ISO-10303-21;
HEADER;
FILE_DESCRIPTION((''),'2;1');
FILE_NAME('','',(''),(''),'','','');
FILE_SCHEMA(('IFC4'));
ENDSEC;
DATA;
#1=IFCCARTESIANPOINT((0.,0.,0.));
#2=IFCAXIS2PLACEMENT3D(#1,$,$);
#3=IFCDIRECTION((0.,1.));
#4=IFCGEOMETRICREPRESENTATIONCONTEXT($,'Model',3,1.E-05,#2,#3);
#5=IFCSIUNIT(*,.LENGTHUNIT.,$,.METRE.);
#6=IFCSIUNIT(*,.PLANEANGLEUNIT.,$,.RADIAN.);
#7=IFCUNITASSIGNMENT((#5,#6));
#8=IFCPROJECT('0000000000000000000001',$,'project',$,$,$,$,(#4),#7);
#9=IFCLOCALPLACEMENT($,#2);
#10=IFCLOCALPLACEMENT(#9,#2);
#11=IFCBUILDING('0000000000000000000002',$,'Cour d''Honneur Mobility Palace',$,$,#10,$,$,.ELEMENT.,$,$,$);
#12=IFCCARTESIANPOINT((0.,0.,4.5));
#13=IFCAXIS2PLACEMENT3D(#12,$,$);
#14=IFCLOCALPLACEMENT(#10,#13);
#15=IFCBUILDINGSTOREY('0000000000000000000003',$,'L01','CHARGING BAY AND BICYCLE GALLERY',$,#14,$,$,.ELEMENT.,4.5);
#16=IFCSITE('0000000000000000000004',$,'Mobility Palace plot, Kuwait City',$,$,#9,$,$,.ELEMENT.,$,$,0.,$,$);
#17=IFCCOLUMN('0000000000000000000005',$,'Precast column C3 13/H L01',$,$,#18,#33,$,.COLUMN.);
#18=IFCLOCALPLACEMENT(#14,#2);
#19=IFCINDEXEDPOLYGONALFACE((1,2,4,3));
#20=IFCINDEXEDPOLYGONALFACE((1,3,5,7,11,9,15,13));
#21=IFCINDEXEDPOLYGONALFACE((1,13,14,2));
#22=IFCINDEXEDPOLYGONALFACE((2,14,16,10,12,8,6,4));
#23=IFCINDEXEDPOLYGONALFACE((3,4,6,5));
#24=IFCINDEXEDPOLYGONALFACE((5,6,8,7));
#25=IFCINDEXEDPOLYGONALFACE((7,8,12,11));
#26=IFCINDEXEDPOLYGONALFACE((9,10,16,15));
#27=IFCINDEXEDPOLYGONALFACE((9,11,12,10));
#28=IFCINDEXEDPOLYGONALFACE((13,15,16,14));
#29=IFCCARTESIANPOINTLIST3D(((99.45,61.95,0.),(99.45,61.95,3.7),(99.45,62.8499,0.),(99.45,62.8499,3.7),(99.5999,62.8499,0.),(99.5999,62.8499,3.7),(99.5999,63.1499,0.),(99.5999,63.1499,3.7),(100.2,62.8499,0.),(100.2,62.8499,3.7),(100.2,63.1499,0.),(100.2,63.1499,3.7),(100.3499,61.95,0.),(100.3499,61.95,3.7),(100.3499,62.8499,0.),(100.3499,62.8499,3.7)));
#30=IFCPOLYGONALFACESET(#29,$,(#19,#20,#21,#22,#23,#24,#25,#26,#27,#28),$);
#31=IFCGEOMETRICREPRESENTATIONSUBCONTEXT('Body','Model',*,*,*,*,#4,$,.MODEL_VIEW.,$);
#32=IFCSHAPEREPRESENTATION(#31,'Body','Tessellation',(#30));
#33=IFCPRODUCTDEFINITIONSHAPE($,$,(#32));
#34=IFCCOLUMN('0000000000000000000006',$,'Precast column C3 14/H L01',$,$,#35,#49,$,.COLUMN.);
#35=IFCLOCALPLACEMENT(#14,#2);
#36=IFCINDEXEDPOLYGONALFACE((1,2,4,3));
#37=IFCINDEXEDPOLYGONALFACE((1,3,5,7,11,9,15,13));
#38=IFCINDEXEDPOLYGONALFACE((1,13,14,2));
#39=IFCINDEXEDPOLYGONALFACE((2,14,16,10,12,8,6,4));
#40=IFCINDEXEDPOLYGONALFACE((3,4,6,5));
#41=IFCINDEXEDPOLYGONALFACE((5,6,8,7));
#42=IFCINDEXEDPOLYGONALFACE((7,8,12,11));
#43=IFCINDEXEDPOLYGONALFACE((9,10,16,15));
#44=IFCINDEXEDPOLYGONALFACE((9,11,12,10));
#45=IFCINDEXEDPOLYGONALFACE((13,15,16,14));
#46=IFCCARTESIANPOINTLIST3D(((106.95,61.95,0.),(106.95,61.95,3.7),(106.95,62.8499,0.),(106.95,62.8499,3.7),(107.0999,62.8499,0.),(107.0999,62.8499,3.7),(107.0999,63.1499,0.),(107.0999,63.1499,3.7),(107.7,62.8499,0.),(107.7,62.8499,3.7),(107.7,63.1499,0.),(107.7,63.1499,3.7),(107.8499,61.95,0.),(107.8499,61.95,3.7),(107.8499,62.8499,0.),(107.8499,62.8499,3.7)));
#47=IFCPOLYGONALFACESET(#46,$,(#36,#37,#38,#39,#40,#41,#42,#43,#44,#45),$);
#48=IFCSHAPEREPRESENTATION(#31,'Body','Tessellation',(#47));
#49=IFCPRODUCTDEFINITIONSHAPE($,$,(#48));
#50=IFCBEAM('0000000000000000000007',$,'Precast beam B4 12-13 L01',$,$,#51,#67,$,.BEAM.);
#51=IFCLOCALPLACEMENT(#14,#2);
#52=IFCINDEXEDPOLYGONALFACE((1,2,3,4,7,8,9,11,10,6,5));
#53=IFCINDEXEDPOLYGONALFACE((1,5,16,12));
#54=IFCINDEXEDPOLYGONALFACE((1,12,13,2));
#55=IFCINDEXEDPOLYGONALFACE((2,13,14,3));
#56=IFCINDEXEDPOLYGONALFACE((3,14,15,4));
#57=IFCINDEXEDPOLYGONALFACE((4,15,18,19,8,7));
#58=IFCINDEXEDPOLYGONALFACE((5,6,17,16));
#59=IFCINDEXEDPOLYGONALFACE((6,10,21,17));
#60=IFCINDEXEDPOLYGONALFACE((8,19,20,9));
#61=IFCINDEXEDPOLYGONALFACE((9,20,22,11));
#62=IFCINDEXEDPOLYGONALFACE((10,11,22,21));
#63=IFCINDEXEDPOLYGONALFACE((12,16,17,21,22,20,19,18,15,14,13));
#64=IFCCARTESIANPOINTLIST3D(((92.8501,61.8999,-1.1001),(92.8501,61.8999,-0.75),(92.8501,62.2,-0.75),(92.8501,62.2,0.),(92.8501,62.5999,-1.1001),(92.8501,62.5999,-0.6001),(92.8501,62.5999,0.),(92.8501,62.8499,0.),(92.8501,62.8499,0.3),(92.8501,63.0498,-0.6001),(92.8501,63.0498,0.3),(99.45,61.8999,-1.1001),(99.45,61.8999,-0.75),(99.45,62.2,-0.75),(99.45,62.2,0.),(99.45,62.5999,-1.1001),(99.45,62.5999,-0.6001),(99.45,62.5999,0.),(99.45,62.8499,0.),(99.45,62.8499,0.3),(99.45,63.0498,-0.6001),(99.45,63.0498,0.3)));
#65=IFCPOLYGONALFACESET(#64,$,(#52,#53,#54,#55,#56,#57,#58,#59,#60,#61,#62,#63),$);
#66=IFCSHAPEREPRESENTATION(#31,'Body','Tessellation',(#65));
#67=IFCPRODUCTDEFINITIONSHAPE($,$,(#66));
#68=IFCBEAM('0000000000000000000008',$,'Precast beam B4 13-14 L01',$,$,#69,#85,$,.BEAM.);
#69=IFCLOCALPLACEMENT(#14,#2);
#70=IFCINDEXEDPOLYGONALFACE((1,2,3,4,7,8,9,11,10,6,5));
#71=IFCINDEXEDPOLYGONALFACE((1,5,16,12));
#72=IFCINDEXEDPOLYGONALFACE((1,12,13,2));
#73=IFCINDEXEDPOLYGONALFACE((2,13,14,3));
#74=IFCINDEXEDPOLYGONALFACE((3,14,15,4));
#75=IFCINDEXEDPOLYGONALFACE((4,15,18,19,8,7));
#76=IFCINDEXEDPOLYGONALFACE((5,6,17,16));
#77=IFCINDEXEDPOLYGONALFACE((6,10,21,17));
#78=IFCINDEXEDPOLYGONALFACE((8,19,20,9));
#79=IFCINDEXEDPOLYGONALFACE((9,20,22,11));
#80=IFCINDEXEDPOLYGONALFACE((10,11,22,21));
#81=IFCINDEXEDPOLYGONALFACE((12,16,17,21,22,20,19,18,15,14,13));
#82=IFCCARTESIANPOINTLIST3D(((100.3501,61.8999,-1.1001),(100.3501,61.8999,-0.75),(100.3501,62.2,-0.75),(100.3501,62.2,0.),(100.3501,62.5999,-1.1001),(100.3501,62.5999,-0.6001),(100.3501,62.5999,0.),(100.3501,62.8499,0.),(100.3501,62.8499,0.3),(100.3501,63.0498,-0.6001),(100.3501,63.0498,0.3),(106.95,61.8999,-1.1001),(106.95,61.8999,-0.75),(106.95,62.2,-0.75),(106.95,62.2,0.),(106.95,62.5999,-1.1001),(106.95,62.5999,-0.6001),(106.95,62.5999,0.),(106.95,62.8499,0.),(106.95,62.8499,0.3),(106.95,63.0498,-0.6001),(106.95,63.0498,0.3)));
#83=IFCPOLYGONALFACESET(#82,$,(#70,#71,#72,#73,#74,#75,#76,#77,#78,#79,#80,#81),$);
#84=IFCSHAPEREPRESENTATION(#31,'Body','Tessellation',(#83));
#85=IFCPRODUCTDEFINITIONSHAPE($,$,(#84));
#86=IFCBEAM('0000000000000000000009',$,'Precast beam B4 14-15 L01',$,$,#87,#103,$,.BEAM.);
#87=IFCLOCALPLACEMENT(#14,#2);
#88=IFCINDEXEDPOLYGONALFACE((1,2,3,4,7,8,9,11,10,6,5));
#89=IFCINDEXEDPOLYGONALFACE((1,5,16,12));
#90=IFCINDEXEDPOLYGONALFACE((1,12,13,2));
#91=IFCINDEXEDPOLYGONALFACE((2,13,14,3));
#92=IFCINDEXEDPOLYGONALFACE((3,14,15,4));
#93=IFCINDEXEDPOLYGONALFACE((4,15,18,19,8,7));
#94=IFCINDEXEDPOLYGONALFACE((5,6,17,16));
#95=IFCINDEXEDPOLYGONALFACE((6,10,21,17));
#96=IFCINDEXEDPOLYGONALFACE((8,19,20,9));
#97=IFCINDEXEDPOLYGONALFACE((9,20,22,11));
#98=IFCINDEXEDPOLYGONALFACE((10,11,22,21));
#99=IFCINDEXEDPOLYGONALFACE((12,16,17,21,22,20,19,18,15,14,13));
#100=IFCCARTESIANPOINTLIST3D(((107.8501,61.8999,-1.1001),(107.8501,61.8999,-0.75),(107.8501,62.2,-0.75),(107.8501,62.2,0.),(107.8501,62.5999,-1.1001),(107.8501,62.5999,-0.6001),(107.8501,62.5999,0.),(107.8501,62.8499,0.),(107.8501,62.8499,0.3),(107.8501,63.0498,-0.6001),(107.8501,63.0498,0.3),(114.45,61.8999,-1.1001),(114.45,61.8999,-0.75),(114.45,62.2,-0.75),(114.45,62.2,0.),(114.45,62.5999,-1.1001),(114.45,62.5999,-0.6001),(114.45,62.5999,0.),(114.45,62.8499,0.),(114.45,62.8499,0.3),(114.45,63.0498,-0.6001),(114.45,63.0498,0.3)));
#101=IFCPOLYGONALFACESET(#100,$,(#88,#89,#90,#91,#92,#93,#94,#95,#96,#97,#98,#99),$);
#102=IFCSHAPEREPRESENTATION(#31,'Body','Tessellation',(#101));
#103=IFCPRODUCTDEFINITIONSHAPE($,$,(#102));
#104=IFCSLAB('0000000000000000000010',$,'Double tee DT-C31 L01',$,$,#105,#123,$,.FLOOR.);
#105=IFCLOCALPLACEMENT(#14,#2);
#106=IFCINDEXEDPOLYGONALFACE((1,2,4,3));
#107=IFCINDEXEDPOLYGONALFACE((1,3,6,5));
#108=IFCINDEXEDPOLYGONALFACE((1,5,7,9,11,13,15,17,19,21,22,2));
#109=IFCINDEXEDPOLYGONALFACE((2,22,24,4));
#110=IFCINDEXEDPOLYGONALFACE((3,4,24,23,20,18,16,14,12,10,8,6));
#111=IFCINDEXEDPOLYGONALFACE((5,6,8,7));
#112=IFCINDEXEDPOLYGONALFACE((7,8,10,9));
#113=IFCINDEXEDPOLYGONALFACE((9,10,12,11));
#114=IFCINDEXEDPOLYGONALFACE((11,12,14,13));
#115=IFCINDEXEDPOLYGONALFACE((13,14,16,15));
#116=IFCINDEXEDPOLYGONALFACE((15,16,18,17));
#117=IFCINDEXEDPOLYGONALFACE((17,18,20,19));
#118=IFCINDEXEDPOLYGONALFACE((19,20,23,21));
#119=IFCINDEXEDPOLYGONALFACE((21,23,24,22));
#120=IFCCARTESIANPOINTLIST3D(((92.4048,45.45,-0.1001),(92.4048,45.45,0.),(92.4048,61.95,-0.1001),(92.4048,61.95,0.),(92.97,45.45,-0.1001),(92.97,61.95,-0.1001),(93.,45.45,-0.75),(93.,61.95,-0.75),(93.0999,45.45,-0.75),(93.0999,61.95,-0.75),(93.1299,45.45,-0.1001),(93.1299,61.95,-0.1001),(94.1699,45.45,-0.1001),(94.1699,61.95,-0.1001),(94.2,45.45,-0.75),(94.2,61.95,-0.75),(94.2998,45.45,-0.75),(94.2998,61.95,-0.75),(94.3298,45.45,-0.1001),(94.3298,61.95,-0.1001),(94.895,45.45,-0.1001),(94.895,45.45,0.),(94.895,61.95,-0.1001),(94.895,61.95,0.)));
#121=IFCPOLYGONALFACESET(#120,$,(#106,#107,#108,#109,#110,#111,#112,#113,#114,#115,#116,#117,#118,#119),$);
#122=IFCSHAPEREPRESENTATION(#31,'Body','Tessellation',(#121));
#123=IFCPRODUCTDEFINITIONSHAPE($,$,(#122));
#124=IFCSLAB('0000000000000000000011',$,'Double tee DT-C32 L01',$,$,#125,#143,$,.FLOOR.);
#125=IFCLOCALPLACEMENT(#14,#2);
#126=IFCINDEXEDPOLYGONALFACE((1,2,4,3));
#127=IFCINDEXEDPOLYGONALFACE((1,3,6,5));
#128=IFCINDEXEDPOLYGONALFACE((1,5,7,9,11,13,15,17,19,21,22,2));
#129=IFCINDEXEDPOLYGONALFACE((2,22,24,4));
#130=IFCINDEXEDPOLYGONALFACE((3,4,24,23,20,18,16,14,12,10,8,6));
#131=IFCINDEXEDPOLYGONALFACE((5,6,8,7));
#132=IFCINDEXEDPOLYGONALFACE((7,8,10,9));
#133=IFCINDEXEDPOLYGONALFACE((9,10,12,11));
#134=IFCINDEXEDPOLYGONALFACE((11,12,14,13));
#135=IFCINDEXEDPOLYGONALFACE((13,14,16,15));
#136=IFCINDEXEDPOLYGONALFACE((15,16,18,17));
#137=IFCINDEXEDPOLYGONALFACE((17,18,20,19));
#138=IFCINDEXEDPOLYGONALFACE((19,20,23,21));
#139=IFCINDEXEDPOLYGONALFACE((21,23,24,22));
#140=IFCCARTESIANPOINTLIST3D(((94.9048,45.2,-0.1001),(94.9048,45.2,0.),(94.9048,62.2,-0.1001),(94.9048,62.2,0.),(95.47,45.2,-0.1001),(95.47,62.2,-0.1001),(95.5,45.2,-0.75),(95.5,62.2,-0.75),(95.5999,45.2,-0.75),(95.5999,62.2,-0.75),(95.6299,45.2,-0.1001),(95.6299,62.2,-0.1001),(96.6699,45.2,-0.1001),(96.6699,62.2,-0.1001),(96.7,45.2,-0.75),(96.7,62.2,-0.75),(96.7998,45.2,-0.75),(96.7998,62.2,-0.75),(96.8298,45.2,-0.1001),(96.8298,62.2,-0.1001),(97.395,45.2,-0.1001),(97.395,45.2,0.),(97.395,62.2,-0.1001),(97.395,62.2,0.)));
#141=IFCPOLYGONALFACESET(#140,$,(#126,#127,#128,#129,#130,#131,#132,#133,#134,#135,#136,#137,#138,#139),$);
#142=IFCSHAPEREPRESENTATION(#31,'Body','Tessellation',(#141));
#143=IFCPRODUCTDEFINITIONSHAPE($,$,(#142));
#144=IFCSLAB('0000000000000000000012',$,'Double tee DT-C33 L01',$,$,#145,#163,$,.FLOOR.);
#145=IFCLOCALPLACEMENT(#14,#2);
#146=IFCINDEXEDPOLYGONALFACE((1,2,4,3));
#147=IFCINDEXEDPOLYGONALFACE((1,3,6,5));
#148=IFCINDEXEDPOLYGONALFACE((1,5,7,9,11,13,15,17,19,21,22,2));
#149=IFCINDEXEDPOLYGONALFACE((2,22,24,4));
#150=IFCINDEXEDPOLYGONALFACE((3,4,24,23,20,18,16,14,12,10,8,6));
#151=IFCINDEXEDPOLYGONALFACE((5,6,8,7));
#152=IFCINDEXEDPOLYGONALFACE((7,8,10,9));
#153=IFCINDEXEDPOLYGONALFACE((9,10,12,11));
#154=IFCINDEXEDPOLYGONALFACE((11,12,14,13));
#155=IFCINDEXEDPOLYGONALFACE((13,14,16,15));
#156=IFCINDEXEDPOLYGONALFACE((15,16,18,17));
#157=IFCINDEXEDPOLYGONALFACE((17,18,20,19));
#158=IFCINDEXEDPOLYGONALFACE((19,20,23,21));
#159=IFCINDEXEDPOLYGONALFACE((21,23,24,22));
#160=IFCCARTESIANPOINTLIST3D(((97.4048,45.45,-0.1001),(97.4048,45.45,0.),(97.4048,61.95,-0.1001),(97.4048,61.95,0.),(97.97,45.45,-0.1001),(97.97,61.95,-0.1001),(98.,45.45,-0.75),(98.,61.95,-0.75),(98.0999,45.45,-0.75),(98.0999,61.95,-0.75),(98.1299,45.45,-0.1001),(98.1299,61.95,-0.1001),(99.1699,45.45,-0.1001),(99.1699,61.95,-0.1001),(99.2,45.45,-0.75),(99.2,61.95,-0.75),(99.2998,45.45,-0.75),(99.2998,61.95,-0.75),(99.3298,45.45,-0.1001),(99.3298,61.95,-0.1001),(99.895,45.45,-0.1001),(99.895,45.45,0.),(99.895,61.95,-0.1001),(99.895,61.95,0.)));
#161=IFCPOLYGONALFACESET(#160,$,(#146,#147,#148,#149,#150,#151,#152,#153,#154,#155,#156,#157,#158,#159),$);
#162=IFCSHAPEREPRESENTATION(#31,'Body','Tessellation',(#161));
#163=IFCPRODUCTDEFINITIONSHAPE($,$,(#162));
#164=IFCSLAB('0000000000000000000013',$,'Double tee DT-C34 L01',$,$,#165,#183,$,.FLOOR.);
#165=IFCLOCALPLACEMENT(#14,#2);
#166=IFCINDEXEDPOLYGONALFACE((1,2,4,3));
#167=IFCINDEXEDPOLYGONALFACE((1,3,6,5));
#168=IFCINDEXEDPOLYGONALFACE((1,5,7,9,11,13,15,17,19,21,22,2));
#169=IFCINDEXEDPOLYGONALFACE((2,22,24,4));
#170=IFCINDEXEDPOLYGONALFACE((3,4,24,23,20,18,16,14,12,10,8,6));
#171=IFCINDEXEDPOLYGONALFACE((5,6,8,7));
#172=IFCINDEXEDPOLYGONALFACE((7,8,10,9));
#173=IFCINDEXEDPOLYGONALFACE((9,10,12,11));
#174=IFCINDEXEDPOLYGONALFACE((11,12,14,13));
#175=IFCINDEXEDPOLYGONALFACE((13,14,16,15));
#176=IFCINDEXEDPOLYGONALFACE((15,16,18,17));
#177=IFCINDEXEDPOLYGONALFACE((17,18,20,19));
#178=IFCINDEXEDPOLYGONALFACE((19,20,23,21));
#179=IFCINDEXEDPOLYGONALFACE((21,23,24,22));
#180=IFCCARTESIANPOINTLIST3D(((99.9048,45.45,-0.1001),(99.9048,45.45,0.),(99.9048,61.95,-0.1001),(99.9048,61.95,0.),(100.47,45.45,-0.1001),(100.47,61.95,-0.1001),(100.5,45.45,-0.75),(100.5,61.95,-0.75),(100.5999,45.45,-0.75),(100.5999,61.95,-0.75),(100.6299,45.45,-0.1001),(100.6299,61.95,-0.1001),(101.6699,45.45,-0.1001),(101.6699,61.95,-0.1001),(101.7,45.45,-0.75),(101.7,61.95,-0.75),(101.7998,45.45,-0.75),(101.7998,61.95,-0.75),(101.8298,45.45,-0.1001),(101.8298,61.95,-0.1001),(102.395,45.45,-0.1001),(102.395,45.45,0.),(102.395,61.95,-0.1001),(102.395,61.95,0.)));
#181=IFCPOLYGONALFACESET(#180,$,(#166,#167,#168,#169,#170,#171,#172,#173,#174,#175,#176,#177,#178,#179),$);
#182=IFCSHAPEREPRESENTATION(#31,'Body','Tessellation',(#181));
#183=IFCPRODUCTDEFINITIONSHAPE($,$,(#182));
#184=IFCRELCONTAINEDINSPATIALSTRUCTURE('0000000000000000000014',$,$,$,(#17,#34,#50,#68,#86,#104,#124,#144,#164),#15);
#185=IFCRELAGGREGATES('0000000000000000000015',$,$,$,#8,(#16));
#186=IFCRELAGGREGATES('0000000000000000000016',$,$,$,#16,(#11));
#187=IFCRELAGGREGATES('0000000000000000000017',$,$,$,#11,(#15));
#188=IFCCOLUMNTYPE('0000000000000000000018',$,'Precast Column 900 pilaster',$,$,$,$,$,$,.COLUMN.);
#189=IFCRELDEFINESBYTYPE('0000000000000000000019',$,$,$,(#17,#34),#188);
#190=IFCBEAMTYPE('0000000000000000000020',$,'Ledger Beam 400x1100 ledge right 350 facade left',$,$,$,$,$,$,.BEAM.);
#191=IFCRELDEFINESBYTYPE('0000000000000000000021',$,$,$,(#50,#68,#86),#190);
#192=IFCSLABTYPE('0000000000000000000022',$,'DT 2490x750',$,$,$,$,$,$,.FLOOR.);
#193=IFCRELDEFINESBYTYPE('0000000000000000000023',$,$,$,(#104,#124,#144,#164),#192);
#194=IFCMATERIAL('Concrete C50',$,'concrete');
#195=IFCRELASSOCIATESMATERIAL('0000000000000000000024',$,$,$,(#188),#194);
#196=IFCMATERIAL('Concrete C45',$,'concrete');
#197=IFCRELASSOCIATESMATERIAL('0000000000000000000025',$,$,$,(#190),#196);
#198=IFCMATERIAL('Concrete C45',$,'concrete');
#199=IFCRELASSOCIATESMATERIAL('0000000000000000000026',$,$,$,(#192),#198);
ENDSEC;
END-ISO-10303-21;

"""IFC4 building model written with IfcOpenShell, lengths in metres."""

from ifc_helpers import new_model, si_unit, direction, frame, origin, place, context, subcontext, project, spatial, polyline, outline, extrude, material, material_profile, profile_set, type_object, element, save


model = new_model("IFC4")

# Units and contexts
model_context = context("Model", 3, precision=1e-05, world=origin(), true_north=direction((0.0, 1.0)))
body_context = subcontext(model_context, "Body", "Model", "MODEL_VIEW")
ifc_project = project(units=[si_unit("LENGTHUNIT", "METRE"), si_unit("PLANEANGLEUNIT", "RADIAN")], contexts=[model_context])

# Site, building, storey
site_placement = place(None, origin())
site = spatial("IfcSite", under=ifc_project, at=site_placement, Name="Mobility Palace plot, Kuwait City", CompositionType="ELEMENT", RefElevation=0.0)
building_placement = place(site_placement, origin())
building = spatial("IfcBuilding", under=site, at=building_placement, Name="Cour d'Honneur Mobility Palace", CompositionType="ELEMENT")
storey_placement = place(building_placement, frame((0.0, 0.0, 4.5)))
storey = spatial("IfcBuildingStorey", under=building, at=storey_placement, Name="L01", Description="CHARGING BAY AND BICYCLE GALLERY", CompositionType="ELEMENT", Elevation=4.5)

# Columns
ifc_material_1 = material(Name="Concrete C50", Category="concrete")
ifc_material_profile_1 = material_profile(ifc_material_1, outline(polyline([(-0.45, -0.45), (0.45, -0.45), (0.45, -0.3), (0.75, -0.3), (0.75, 0.3), (0.45, 0.3), (0.45, 0.45), (-0.45, 0.45), (-0.45, -0.45)])), Name="PC C900 pilaster")
ifc_profile_set_1 = profile_set([ifc_material_profile_1], Name="Concrete C50")
column_type = type_object("IfcColumnType", Name="Precast Column 900 pilaster", PredefinedType="COLUMN", material=ifc_profile_set_1)
for number, where, z_axis, x_axis, name in (
    (1, (99.8999, 62.3999, 0.0), (0.0, 0.0, 1.0), (0.0, 1.0, 0.0), "Precast column C3 13/H L01"),
    (2, (107.3999, 62.3999, 0.0), (0.0, 0.0, 1.0), (0.0, 1.0, 0.0), "Precast column C3 14/H L01"),
):
    element("IfcColumn", number, at=place(storey_placement, frame(where, z_axis=z_axis, x_axis=x_axis)), inside=storey, type_object=column_type, Name=name, PredefinedType="COLUMN", context=body_context, shape_type="SweptSolid", body=[
        extrude(outline(polyline([(-0.45, -0.45), (0.45, -0.45), (0.45, -0.3), (0.75, -0.3), (0.75, 0.3), (0.45, 0.3), (0.45, 0.45), (-0.45, 0.45), (-0.45, -0.45)])), origin(), (0.0, 0.0, 1.0), 3.7),
    ])

# Beams
ifc_material_2 = material(Name="Concrete C45", Category="concrete")
ifc_material_profile_2 = material_profile(ifc_material_2, outline(polyline([(0.2, -1.1001), (0.2, -0.6001), (0.6499, -0.6001), (0.6499, 0.3), (0.45, 0.3), (0.45, 0.0), (0.2, 0.0), (-0.2, 0.0), (-0.2, -0.75), (-0.5, -0.75), (-0.5, -1.1001), (0.2, -1.1001)])), Name="Ledger Beam 400x1100 ledge right 350 facade left")
ifc_profile_set_2 = profile_set([ifc_material_profile_2], Name="Concrete C45")
beam_type = type_object("IfcBeamType", Name="Ledger Beam 400x1100 ledge right 350 facade left", PredefinedType="BEAM", material=ifc_profile_set_2)
for number, where, z_axis, x_axis, name in (
    (3, (92.8501, 62.3999, 0.0), (1.0, 0.0, 0.0), (0.0, 1.0, 0.0), "Precast beam B4 12-13 L01"),
    (4, (100.3501, 62.3999, 0.0), (1.0, 0.0, 0.0), (0.0, 1.0, 0.0), "Precast beam B4 13-14 L01"),
    (5, (107.8501, 62.3999, 0.0), (1.0, 0.0, 0.0), (0.0, 1.0, 0.0), "Precast beam B4 14-15 L01"),
):
    element("IfcBeam", number, at=place(storey_placement, frame(where, z_axis=z_axis, x_axis=x_axis)), inside=storey, type_object=beam_type, Name=name, PredefinedType="BEAM", context=body_context, shape_type="SweptSolid", body=[
        extrude(outline(polyline([(0.2, -1.1001), (0.2, -0.6001), (0.6499, -0.6001), (0.6499, 0.3), (0.45, 0.3), (0.45, 0.0), (0.2, 0.0), (-0.2, 0.0), (-0.2, -0.75), (-0.5, -0.75), (-0.5, -1.1001), (0.2, -1.1001)])), origin(), (0.0, 0.0, 1.0), 6.5999),
    ])

# Slabs
ifc_material_3 = material(Name="Concrete C45", Category="concrete")
ifc_material_profile_3 = material_profile(ifc_material_3, outline(polyline([(-1.2451, 0.0), (1.2451, 0.0), (1.2451, -0.1001), (0.6799, -0.1001), (0.6499, -0.75), (0.55, -0.75), (0.52, -0.1001), (-0.52, -0.1001), (-0.55, -0.75), (-0.6499, -0.75), (-0.6799, -0.1001), (-1.2451, -0.1001), (-1.2451, 0.0)])), Name="DT 2490x750")
ifc_profile_set_3 = profile_set([ifc_material_profile_3], Name="Concrete C45")
slab_type = type_object("IfcSlabType", Name="DT 2490x750", PredefinedType="FLOOR", material=ifc_profile_set_3)
slab_1_placement = place(storey_placement, frame((93.6499, 45.45, 0.0), z_axis=(0.0, 1.0, 0.0), x_axis=(-1.0, 0.0, 0.0)))
element("IfcSlab", 6, at=slab_1_placement, inside=storey, type_object=slab_type, Name="Double tee DT-C31 L01", PredefinedType="FLOOR", context=body_context, shape_type="SweptSolid", body=[
    extrude(outline(polyline([(-1.2451, 0.0), (1.2451, 0.0), (1.2451, -0.1001), (0.6799, -0.1001), (0.6499, -0.75), (0.55, -0.75), (0.52, -0.1001), (-0.52, -0.1001), (-0.55, -0.75), (-0.6499, -0.75), (-0.6799, -0.1001), (-1.2451, -0.1001), (-1.2451, 0.0)])), origin(), (0.0, 0.0, 1.0), 16.5),
])
slab_2_placement = place(storey_placement, frame((96.1499, 45.2, 0.0), z_axis=(0.0, 1.0, 0.0), x_axis=(-1.0, 0.0, 0.0)))
element("IfcSlab", 7, at=slab_2_placement, inside=storey, type_object=slab_type, Name="Double tee DT-C32 L01", PredefinedType="FLOOR", context=body_context, shape_type="SweptSolid", body=[
    extrude(outline(polyline([(-1.2451, 0.0), (1.2451, 0.0), (1.2451, -0.1001), (0.6799, -0.1001), (0.6499, -0.75), (0.55, -0.75), (0.52, -0.1001), (-0.52, -0.1001), (-0.55, -0.75), (-0.6499, -0.75), (-0.6799, -0.1001), (-1.2451, -0.1001), (-1.2451, 0.0)])), origin(), (0.0, 0.0, 1.0), 17.0),
])
for number, where, z_axis, x_axis, name in (
    (8, (98.6499, 45.45, 0.0), (0.0, 1.0, 0.0), (-1.0, 0.0, 0.0), "Double tee DT-C33 L01"),
    (9, (101.1499, 45.45, 0.0), (0.0, 1.0, 0.0), (-1.0, 0.0, 0.0), "Double tee DT-C34 L01"),
):
    element("IfcSlab", number, at=place(storey_placement, frame(where, z_axis=z_axis, x_axis=x_axis)), inside=storey, type_object=slab_type, Name=name, PredefinedType="FLOOR", context=body_context, shape_type="SweptSolid", body=[
        extrude(outline(polyline([(-1.2451, 0.0), (1.2451, 0.0), (1.2451, -0.1001), (0.6799, -0.1001), (0.6499, -0.75), (0.55, -0.75), (0.52, -0.1001), (-0.52, -0.1001), (-0.55, -0.75), (-0.6499, -0.75), (-0.6799, -0.1001), (-1.2451, -0.1001), (-1.2451, 0.0)])), origin(), (0.0, 0.0, 1.0), 16.5),
    ])

save(model, "model.ifc")
